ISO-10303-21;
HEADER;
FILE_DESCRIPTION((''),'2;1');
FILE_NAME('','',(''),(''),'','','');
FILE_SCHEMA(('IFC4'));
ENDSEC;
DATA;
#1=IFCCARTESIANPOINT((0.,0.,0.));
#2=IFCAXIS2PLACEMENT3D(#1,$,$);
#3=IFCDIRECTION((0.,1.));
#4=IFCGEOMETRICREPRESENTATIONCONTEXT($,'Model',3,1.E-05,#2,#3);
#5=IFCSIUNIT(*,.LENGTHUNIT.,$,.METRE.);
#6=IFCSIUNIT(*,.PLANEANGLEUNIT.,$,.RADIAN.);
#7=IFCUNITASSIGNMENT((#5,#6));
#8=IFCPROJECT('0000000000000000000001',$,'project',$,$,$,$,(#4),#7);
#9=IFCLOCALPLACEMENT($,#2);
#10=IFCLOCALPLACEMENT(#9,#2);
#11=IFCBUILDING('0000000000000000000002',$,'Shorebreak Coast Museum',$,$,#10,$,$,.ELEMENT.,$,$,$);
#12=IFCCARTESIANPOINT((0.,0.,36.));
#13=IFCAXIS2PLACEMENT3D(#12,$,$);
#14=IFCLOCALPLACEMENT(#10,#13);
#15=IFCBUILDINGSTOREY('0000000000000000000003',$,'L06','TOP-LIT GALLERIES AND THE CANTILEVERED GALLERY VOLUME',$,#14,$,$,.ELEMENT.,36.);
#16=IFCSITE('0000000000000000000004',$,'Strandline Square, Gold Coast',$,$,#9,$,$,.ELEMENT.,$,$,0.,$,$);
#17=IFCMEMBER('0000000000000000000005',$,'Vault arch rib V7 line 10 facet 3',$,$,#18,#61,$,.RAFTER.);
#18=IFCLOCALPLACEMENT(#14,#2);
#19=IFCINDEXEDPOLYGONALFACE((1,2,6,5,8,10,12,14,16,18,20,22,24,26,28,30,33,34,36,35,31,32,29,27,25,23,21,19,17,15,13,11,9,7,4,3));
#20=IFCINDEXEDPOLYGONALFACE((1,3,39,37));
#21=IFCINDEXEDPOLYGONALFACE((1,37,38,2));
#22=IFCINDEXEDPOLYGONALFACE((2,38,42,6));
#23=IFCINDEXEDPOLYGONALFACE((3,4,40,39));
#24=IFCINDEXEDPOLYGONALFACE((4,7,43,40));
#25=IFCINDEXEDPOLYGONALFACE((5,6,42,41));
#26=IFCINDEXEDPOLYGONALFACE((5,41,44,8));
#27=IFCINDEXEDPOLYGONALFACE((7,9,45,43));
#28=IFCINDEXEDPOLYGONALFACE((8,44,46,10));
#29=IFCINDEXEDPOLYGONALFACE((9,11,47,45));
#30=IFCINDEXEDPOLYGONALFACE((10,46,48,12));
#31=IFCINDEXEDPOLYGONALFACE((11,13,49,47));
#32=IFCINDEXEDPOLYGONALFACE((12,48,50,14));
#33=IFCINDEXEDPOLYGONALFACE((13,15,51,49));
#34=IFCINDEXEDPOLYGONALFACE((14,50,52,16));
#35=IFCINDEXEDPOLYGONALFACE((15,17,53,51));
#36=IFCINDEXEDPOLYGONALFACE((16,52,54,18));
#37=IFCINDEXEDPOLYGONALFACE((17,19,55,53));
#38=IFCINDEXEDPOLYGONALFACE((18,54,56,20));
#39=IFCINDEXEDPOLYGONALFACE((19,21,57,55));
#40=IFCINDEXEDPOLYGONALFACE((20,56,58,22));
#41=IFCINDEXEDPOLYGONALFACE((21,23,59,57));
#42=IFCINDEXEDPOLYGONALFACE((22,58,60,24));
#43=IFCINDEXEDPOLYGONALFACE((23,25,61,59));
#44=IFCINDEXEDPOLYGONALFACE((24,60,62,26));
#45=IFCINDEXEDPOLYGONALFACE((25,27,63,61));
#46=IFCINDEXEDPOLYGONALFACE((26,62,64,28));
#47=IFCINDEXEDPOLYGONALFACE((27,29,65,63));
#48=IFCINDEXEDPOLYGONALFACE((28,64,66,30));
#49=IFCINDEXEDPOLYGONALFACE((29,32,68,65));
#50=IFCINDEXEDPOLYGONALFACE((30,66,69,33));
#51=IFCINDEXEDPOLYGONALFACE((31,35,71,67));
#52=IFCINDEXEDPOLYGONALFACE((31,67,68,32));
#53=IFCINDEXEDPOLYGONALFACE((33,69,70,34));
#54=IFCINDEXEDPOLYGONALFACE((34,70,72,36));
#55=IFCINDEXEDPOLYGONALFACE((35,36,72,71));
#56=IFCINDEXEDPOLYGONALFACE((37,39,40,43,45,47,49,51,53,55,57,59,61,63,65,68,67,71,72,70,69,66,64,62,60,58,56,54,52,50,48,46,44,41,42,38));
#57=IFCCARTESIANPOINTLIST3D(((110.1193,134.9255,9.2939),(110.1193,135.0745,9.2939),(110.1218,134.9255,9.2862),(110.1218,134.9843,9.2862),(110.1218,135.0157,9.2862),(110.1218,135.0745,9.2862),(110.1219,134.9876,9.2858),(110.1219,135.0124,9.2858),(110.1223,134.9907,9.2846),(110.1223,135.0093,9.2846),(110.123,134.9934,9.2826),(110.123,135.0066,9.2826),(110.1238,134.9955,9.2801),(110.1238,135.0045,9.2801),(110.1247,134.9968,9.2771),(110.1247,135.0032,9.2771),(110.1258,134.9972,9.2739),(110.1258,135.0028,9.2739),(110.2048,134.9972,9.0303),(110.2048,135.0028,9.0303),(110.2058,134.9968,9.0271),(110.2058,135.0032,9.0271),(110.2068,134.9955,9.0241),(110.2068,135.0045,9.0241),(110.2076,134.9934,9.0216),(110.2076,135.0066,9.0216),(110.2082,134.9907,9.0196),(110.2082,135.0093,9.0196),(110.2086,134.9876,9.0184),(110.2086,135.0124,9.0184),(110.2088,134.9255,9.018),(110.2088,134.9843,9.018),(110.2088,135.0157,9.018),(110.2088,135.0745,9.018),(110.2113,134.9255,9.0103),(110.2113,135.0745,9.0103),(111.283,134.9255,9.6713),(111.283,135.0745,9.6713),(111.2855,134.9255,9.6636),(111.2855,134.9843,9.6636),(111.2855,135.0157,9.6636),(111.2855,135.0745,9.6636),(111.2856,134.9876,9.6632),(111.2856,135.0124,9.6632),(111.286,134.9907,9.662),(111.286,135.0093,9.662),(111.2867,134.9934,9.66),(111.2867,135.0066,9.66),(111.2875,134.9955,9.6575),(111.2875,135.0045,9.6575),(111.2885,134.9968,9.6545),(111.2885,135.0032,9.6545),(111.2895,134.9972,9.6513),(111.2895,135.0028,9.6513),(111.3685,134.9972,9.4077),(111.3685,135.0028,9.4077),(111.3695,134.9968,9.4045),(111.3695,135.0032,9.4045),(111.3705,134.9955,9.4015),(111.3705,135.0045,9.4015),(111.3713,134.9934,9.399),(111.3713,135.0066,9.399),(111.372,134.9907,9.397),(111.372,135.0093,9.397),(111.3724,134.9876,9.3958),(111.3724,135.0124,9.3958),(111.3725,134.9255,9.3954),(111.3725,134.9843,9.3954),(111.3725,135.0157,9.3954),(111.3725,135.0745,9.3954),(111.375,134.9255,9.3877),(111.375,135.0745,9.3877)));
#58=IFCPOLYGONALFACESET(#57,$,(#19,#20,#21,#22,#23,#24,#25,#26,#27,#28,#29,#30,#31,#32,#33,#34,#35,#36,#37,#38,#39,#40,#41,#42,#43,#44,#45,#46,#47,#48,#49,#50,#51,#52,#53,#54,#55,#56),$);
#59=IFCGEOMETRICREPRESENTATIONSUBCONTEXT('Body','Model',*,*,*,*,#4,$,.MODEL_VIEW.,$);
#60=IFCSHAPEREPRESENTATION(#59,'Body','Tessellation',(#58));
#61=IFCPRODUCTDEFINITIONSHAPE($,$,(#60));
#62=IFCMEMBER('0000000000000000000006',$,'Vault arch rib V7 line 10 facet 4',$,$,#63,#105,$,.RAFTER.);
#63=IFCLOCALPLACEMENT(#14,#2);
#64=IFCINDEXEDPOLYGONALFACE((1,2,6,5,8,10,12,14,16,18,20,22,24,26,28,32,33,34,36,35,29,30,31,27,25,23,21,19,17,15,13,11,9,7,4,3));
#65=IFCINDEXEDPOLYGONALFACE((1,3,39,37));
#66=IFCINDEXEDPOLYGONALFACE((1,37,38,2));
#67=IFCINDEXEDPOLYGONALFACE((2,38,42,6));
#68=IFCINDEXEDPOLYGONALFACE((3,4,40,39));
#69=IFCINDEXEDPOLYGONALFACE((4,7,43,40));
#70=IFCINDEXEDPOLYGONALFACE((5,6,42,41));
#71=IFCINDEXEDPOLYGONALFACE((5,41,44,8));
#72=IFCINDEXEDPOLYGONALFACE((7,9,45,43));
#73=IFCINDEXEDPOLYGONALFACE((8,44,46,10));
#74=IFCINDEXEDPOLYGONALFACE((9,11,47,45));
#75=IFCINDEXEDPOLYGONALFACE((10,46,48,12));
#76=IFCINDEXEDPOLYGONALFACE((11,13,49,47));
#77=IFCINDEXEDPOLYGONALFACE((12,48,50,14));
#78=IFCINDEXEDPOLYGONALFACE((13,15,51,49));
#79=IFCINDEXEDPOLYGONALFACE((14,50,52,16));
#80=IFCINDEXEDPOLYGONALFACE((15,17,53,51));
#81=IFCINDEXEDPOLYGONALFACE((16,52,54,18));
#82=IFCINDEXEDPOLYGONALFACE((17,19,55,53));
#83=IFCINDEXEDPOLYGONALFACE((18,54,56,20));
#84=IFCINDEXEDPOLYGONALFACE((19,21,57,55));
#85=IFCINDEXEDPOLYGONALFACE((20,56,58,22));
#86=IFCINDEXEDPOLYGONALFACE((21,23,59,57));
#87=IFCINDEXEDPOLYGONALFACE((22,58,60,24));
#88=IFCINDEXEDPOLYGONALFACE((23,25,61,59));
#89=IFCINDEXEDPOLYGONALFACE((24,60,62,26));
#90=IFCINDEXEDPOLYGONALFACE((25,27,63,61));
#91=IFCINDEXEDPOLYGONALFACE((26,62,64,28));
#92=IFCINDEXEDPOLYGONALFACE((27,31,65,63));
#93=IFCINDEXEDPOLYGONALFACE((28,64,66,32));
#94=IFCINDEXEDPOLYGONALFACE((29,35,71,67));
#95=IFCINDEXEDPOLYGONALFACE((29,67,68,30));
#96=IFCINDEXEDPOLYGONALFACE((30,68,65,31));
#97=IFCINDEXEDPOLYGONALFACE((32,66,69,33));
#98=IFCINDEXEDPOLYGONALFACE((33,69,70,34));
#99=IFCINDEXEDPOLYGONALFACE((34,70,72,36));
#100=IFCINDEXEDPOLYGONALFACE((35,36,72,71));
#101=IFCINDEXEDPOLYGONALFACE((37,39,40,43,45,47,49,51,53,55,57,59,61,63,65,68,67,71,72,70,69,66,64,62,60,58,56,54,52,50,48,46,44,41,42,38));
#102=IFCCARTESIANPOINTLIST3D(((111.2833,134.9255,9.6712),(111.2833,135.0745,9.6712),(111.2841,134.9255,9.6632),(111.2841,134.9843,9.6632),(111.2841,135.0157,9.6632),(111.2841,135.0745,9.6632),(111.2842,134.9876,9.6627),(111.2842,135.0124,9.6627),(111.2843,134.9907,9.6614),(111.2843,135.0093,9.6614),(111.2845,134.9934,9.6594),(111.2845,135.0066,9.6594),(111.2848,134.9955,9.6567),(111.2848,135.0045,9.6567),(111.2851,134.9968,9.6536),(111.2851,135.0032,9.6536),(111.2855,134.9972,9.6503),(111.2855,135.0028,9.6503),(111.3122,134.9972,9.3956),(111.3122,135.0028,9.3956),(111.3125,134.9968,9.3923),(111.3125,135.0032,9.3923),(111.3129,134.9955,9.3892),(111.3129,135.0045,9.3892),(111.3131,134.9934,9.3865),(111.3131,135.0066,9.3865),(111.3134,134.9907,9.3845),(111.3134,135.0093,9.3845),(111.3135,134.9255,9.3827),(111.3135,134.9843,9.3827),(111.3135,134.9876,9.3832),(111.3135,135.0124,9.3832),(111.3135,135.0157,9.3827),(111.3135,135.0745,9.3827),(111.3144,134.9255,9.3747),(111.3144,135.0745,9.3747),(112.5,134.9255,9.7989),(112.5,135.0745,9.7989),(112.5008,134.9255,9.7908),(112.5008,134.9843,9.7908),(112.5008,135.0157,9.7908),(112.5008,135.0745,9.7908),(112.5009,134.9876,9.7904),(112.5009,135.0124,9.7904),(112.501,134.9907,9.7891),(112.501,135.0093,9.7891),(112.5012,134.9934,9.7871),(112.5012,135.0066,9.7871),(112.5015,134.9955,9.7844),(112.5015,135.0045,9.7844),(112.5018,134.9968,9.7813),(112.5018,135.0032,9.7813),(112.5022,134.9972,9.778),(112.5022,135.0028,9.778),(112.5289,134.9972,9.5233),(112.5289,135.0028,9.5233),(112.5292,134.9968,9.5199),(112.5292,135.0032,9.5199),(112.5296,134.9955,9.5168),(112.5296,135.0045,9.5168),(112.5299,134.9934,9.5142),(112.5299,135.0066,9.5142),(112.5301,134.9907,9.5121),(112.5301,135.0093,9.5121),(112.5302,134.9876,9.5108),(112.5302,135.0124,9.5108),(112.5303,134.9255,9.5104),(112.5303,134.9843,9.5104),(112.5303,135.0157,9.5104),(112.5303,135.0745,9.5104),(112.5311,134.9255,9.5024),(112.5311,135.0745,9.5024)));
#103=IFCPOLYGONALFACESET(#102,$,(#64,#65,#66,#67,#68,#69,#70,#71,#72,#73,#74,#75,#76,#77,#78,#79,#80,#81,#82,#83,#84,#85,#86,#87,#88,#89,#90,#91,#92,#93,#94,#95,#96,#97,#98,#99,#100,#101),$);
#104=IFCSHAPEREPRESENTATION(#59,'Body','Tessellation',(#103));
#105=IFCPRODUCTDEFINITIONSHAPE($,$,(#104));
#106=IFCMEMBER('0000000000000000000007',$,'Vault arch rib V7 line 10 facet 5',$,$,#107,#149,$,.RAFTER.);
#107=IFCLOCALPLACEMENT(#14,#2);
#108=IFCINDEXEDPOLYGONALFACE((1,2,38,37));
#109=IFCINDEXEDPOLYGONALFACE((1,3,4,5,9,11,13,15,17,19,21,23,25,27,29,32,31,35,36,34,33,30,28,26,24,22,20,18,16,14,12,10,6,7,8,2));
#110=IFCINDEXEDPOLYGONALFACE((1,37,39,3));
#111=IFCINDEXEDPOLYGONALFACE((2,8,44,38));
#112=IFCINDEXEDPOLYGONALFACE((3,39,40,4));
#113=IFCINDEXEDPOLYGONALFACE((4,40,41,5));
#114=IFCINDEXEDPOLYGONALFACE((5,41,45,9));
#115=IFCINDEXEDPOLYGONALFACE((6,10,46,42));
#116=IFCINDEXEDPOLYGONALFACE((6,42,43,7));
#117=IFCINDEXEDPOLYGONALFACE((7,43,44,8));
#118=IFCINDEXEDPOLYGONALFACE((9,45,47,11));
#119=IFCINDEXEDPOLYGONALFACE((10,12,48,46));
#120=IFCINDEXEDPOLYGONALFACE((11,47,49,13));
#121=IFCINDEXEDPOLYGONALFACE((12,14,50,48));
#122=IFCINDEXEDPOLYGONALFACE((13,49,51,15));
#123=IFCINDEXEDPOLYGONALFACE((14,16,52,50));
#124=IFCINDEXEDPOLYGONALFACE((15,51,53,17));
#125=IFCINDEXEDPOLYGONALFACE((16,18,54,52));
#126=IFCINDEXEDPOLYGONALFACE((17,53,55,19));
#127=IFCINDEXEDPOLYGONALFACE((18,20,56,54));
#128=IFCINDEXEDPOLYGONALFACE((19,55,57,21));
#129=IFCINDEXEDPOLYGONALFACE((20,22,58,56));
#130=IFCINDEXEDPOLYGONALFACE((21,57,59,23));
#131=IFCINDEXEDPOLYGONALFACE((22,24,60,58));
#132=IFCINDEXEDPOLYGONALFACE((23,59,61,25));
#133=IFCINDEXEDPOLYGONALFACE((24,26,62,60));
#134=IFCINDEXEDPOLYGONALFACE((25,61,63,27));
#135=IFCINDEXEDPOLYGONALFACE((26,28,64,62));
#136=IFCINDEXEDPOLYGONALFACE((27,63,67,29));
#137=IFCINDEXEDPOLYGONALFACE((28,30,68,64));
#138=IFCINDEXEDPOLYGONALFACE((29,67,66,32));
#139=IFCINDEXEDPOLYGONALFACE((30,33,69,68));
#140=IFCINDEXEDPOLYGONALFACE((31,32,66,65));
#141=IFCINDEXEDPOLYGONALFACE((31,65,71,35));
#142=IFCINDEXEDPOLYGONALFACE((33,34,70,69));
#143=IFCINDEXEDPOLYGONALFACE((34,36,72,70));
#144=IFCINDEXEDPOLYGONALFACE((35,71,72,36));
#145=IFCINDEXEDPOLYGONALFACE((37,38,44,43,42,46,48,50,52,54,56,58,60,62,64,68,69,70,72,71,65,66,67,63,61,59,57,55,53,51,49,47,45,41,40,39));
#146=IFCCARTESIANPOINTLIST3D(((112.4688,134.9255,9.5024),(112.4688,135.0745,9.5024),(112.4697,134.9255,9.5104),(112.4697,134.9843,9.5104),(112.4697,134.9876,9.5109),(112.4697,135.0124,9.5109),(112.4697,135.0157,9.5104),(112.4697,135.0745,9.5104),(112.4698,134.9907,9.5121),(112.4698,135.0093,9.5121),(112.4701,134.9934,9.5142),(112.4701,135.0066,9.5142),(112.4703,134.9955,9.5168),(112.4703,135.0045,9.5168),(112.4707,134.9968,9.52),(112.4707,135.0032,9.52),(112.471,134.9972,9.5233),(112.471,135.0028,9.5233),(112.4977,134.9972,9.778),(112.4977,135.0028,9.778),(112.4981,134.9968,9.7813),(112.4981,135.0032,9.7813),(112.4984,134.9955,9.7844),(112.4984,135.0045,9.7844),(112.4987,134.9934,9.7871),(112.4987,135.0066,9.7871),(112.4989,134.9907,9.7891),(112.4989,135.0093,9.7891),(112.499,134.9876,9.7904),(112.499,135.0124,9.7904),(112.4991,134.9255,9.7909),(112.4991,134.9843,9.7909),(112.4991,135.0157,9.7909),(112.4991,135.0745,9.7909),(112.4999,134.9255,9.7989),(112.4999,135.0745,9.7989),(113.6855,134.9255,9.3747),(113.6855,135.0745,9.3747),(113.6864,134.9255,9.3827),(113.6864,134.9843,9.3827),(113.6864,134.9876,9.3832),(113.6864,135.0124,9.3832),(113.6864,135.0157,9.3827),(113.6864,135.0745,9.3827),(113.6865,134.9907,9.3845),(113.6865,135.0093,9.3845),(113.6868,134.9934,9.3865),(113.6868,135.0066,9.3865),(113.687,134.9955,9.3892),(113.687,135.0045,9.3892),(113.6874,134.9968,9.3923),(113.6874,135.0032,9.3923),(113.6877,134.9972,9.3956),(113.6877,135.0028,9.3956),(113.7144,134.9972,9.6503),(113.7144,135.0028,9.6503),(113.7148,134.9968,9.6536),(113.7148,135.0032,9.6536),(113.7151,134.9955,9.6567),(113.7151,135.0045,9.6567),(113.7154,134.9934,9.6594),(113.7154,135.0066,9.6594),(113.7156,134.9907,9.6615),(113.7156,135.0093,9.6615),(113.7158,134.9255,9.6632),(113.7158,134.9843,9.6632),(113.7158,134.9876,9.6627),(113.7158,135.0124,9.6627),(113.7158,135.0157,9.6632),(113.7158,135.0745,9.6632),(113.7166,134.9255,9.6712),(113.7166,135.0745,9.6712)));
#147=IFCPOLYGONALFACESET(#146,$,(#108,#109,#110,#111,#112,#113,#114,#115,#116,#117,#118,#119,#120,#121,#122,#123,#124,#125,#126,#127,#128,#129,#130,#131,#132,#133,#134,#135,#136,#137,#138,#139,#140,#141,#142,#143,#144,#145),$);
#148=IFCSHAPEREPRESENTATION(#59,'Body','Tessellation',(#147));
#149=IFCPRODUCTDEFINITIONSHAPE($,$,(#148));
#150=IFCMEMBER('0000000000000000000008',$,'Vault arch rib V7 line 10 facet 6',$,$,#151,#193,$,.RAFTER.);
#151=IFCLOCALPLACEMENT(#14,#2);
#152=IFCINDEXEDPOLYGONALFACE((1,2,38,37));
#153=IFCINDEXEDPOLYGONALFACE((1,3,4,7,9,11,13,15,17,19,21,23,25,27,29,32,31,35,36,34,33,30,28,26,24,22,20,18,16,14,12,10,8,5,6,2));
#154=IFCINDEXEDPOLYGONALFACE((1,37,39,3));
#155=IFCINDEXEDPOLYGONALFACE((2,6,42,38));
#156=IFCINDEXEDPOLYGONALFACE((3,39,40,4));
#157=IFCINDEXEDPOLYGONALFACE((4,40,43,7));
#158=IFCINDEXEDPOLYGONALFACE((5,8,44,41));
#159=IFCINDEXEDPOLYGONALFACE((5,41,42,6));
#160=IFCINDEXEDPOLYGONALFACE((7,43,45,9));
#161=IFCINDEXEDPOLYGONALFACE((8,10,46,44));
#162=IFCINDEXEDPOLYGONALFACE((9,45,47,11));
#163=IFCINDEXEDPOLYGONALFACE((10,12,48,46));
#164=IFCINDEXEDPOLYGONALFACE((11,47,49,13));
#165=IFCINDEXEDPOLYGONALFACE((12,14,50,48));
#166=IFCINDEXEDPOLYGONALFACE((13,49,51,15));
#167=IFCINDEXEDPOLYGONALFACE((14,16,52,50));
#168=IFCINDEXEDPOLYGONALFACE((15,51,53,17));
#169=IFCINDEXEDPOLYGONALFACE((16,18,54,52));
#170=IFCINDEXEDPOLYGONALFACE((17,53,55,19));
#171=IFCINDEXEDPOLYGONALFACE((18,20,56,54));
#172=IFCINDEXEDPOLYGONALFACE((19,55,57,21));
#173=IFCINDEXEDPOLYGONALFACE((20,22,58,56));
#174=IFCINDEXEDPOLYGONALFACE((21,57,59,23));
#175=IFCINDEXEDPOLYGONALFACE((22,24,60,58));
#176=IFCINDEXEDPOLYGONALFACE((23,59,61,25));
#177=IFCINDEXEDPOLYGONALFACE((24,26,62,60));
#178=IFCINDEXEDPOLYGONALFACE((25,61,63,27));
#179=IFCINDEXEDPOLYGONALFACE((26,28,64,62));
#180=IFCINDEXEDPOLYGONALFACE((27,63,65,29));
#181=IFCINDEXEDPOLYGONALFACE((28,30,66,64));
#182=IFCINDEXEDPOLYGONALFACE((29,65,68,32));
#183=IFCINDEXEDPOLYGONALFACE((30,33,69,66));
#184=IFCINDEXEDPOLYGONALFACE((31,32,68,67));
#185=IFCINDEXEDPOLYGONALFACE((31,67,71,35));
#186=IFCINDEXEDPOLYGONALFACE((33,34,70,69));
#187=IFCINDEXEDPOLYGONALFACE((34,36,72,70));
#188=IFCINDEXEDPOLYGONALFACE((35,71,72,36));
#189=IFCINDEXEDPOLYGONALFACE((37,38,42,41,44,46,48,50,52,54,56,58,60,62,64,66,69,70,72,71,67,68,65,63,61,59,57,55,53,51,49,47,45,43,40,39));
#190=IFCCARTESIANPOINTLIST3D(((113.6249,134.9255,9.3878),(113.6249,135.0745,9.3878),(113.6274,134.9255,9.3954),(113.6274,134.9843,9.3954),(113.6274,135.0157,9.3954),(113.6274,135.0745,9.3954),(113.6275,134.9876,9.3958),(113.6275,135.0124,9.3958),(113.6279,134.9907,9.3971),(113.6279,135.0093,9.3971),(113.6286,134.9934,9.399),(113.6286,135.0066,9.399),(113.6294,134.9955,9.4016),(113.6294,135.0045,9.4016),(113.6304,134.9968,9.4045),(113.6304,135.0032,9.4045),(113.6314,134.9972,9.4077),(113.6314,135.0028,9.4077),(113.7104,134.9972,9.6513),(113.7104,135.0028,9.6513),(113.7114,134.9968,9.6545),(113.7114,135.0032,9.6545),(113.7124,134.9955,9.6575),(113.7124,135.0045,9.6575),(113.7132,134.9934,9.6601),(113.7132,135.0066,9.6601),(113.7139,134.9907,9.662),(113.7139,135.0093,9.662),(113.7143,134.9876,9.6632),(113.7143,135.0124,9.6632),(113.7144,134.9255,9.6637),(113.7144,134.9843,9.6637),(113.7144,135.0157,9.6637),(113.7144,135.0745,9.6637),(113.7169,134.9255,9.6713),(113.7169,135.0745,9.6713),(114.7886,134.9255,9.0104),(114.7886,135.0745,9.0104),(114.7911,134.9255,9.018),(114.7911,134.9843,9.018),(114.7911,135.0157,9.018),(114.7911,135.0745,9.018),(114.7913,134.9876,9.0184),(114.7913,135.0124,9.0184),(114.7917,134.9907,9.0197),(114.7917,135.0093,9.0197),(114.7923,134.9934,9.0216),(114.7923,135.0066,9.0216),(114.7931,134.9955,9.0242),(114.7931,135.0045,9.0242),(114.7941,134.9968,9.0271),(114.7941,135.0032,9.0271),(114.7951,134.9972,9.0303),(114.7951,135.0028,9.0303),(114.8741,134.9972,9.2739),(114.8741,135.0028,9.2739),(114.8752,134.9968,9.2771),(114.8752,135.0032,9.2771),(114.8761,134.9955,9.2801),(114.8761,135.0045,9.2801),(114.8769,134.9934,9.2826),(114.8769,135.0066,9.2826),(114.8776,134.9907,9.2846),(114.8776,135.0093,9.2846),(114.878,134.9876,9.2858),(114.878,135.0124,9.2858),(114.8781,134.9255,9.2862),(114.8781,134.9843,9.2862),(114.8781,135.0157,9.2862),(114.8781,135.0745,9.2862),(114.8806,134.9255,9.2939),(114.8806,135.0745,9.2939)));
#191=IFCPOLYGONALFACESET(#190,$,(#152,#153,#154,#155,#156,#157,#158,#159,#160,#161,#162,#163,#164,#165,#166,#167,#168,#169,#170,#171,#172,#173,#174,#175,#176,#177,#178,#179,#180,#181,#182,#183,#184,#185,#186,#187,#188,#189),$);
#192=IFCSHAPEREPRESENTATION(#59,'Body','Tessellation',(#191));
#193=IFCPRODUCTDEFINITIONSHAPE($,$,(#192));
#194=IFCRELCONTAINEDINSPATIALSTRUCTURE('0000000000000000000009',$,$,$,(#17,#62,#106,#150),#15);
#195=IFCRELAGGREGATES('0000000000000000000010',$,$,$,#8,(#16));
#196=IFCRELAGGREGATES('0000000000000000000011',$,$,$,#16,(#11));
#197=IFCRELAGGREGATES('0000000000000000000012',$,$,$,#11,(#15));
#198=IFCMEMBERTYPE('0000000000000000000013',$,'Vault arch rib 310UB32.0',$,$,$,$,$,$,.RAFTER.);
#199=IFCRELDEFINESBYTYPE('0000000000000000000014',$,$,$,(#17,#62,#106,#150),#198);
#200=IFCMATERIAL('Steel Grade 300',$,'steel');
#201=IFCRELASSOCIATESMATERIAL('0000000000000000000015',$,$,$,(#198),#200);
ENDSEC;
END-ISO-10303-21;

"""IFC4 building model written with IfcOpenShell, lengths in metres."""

from ifc_helpers import new_model, si_unit, direction, frame, origin, origin_2d, place, context, subcontext, project, spatial, i_section, extrude, material, material_profile, profile_set, type_object, element, save


model = new_model("IFC4")

# Units and contexts
model_context = context("Model", 3, precision=1e-05, world=origin(), true_north=direction((0.0, 1.0)))
body_context = subcontext(model_context, "Body", "Model", "MODEL_VIEW")
ifc_project = project(units=[si_unit("LENGTHUNIT", "METRE"), si_unit("PLANEANGLEUNIT", "RADIAN")], contexts=[model_context])

# Site, building, storey
site_placement = place(None, origin())
site = spatial("IfcSite", under=ifc_project, at=site_placement, Name="Strandline Square, Gold Coast", CompositionType="ELEMENT", RefElevation=0.0)
building_placement = place(site_placement, origin())
building = spatial("IfcBuilding", under=site, at=building_placement, Name="Shorebreak Coast Museum", CompositionType="ELEMENT")
storey_placement = place(building_placement, frame((0.0, 0.0, 36.0)))
storey = spatial("IfcBuildingStorey", under=building, at=storey_placement, Name="L06", Description="TOP-LIT GALLERIES AND THE CANTILEVERED GALLERY VOLUME", CompositionType="ELEMENT", Elevation=36.0)

# Members
ifc_material_1 = material(Name="Steel Grade 300", Category="steel")
ifc_material_profile_1 = material_profile(ifc_material_1, i_section(OverallWidth=0.1489, OverallDepth=0.2981, WebThickness=0.0056, FlangeThickness=0.0081, FilletRadius=0.0129, at=origin_2d()), Name="310UB32.0")
ifc_profile_set_1 = profile_set([ifc_material_profile_1], Name="Steel Grade 300")
member_type_1 = type_object("IfcMemberType", Name="Vault arch rib 310UB32.0", PredefinedType="RAFTER", material=ifc_profile_set_1)
for number, where, z_axis, x_axis, name in (
    (1, (110.1653, 135.0, 9.1521), (0.951226, 0.0, 0.308495), (0.0, 1.0, 0.0), "Vault arch rib V7 line 10 facet 3"),
    (2, (111.2988, 135.0, 9.5229), (0.994539, 0.0, 0.104363), (0.0, 1.0, 0.0), "Vault arch rib V7 line 10 facet 4"),
    (3, (112.4844, 135.0, 9.6506), (0.994539, 0.0, -0.104363), (0.0, 1.0, 0.0), "Vault arch rib V7 line 10 facet 5"),
    (4, (113.6709, 135.0, 9.5295), (0.951226, 0.0, -0.308495), (0.0, 1.0, 0.0), "Vault arch rib V7 line 10 facet 6"),
):
    element("IfcMember", number, at=place(storey_placement, frame(where, z_axis=z_axis, x_axis=x_axis)), inside=storey, type_object=member_type_1, Name=name, PredefinedType="RAFTER", context=body_context, shape_type="SweptSolid", body=[
        extrude(i_section(OverallWidth=0.1489, OverallDepth=0.2981, WebThickness=0.0056, FlangeThickness=0.0081, FilletRadius=0.0129, at=origin_2d()), origin(), (0.0, 0.0, 1.0), 1.2234),
    ])

save(model, "model.ifc")
